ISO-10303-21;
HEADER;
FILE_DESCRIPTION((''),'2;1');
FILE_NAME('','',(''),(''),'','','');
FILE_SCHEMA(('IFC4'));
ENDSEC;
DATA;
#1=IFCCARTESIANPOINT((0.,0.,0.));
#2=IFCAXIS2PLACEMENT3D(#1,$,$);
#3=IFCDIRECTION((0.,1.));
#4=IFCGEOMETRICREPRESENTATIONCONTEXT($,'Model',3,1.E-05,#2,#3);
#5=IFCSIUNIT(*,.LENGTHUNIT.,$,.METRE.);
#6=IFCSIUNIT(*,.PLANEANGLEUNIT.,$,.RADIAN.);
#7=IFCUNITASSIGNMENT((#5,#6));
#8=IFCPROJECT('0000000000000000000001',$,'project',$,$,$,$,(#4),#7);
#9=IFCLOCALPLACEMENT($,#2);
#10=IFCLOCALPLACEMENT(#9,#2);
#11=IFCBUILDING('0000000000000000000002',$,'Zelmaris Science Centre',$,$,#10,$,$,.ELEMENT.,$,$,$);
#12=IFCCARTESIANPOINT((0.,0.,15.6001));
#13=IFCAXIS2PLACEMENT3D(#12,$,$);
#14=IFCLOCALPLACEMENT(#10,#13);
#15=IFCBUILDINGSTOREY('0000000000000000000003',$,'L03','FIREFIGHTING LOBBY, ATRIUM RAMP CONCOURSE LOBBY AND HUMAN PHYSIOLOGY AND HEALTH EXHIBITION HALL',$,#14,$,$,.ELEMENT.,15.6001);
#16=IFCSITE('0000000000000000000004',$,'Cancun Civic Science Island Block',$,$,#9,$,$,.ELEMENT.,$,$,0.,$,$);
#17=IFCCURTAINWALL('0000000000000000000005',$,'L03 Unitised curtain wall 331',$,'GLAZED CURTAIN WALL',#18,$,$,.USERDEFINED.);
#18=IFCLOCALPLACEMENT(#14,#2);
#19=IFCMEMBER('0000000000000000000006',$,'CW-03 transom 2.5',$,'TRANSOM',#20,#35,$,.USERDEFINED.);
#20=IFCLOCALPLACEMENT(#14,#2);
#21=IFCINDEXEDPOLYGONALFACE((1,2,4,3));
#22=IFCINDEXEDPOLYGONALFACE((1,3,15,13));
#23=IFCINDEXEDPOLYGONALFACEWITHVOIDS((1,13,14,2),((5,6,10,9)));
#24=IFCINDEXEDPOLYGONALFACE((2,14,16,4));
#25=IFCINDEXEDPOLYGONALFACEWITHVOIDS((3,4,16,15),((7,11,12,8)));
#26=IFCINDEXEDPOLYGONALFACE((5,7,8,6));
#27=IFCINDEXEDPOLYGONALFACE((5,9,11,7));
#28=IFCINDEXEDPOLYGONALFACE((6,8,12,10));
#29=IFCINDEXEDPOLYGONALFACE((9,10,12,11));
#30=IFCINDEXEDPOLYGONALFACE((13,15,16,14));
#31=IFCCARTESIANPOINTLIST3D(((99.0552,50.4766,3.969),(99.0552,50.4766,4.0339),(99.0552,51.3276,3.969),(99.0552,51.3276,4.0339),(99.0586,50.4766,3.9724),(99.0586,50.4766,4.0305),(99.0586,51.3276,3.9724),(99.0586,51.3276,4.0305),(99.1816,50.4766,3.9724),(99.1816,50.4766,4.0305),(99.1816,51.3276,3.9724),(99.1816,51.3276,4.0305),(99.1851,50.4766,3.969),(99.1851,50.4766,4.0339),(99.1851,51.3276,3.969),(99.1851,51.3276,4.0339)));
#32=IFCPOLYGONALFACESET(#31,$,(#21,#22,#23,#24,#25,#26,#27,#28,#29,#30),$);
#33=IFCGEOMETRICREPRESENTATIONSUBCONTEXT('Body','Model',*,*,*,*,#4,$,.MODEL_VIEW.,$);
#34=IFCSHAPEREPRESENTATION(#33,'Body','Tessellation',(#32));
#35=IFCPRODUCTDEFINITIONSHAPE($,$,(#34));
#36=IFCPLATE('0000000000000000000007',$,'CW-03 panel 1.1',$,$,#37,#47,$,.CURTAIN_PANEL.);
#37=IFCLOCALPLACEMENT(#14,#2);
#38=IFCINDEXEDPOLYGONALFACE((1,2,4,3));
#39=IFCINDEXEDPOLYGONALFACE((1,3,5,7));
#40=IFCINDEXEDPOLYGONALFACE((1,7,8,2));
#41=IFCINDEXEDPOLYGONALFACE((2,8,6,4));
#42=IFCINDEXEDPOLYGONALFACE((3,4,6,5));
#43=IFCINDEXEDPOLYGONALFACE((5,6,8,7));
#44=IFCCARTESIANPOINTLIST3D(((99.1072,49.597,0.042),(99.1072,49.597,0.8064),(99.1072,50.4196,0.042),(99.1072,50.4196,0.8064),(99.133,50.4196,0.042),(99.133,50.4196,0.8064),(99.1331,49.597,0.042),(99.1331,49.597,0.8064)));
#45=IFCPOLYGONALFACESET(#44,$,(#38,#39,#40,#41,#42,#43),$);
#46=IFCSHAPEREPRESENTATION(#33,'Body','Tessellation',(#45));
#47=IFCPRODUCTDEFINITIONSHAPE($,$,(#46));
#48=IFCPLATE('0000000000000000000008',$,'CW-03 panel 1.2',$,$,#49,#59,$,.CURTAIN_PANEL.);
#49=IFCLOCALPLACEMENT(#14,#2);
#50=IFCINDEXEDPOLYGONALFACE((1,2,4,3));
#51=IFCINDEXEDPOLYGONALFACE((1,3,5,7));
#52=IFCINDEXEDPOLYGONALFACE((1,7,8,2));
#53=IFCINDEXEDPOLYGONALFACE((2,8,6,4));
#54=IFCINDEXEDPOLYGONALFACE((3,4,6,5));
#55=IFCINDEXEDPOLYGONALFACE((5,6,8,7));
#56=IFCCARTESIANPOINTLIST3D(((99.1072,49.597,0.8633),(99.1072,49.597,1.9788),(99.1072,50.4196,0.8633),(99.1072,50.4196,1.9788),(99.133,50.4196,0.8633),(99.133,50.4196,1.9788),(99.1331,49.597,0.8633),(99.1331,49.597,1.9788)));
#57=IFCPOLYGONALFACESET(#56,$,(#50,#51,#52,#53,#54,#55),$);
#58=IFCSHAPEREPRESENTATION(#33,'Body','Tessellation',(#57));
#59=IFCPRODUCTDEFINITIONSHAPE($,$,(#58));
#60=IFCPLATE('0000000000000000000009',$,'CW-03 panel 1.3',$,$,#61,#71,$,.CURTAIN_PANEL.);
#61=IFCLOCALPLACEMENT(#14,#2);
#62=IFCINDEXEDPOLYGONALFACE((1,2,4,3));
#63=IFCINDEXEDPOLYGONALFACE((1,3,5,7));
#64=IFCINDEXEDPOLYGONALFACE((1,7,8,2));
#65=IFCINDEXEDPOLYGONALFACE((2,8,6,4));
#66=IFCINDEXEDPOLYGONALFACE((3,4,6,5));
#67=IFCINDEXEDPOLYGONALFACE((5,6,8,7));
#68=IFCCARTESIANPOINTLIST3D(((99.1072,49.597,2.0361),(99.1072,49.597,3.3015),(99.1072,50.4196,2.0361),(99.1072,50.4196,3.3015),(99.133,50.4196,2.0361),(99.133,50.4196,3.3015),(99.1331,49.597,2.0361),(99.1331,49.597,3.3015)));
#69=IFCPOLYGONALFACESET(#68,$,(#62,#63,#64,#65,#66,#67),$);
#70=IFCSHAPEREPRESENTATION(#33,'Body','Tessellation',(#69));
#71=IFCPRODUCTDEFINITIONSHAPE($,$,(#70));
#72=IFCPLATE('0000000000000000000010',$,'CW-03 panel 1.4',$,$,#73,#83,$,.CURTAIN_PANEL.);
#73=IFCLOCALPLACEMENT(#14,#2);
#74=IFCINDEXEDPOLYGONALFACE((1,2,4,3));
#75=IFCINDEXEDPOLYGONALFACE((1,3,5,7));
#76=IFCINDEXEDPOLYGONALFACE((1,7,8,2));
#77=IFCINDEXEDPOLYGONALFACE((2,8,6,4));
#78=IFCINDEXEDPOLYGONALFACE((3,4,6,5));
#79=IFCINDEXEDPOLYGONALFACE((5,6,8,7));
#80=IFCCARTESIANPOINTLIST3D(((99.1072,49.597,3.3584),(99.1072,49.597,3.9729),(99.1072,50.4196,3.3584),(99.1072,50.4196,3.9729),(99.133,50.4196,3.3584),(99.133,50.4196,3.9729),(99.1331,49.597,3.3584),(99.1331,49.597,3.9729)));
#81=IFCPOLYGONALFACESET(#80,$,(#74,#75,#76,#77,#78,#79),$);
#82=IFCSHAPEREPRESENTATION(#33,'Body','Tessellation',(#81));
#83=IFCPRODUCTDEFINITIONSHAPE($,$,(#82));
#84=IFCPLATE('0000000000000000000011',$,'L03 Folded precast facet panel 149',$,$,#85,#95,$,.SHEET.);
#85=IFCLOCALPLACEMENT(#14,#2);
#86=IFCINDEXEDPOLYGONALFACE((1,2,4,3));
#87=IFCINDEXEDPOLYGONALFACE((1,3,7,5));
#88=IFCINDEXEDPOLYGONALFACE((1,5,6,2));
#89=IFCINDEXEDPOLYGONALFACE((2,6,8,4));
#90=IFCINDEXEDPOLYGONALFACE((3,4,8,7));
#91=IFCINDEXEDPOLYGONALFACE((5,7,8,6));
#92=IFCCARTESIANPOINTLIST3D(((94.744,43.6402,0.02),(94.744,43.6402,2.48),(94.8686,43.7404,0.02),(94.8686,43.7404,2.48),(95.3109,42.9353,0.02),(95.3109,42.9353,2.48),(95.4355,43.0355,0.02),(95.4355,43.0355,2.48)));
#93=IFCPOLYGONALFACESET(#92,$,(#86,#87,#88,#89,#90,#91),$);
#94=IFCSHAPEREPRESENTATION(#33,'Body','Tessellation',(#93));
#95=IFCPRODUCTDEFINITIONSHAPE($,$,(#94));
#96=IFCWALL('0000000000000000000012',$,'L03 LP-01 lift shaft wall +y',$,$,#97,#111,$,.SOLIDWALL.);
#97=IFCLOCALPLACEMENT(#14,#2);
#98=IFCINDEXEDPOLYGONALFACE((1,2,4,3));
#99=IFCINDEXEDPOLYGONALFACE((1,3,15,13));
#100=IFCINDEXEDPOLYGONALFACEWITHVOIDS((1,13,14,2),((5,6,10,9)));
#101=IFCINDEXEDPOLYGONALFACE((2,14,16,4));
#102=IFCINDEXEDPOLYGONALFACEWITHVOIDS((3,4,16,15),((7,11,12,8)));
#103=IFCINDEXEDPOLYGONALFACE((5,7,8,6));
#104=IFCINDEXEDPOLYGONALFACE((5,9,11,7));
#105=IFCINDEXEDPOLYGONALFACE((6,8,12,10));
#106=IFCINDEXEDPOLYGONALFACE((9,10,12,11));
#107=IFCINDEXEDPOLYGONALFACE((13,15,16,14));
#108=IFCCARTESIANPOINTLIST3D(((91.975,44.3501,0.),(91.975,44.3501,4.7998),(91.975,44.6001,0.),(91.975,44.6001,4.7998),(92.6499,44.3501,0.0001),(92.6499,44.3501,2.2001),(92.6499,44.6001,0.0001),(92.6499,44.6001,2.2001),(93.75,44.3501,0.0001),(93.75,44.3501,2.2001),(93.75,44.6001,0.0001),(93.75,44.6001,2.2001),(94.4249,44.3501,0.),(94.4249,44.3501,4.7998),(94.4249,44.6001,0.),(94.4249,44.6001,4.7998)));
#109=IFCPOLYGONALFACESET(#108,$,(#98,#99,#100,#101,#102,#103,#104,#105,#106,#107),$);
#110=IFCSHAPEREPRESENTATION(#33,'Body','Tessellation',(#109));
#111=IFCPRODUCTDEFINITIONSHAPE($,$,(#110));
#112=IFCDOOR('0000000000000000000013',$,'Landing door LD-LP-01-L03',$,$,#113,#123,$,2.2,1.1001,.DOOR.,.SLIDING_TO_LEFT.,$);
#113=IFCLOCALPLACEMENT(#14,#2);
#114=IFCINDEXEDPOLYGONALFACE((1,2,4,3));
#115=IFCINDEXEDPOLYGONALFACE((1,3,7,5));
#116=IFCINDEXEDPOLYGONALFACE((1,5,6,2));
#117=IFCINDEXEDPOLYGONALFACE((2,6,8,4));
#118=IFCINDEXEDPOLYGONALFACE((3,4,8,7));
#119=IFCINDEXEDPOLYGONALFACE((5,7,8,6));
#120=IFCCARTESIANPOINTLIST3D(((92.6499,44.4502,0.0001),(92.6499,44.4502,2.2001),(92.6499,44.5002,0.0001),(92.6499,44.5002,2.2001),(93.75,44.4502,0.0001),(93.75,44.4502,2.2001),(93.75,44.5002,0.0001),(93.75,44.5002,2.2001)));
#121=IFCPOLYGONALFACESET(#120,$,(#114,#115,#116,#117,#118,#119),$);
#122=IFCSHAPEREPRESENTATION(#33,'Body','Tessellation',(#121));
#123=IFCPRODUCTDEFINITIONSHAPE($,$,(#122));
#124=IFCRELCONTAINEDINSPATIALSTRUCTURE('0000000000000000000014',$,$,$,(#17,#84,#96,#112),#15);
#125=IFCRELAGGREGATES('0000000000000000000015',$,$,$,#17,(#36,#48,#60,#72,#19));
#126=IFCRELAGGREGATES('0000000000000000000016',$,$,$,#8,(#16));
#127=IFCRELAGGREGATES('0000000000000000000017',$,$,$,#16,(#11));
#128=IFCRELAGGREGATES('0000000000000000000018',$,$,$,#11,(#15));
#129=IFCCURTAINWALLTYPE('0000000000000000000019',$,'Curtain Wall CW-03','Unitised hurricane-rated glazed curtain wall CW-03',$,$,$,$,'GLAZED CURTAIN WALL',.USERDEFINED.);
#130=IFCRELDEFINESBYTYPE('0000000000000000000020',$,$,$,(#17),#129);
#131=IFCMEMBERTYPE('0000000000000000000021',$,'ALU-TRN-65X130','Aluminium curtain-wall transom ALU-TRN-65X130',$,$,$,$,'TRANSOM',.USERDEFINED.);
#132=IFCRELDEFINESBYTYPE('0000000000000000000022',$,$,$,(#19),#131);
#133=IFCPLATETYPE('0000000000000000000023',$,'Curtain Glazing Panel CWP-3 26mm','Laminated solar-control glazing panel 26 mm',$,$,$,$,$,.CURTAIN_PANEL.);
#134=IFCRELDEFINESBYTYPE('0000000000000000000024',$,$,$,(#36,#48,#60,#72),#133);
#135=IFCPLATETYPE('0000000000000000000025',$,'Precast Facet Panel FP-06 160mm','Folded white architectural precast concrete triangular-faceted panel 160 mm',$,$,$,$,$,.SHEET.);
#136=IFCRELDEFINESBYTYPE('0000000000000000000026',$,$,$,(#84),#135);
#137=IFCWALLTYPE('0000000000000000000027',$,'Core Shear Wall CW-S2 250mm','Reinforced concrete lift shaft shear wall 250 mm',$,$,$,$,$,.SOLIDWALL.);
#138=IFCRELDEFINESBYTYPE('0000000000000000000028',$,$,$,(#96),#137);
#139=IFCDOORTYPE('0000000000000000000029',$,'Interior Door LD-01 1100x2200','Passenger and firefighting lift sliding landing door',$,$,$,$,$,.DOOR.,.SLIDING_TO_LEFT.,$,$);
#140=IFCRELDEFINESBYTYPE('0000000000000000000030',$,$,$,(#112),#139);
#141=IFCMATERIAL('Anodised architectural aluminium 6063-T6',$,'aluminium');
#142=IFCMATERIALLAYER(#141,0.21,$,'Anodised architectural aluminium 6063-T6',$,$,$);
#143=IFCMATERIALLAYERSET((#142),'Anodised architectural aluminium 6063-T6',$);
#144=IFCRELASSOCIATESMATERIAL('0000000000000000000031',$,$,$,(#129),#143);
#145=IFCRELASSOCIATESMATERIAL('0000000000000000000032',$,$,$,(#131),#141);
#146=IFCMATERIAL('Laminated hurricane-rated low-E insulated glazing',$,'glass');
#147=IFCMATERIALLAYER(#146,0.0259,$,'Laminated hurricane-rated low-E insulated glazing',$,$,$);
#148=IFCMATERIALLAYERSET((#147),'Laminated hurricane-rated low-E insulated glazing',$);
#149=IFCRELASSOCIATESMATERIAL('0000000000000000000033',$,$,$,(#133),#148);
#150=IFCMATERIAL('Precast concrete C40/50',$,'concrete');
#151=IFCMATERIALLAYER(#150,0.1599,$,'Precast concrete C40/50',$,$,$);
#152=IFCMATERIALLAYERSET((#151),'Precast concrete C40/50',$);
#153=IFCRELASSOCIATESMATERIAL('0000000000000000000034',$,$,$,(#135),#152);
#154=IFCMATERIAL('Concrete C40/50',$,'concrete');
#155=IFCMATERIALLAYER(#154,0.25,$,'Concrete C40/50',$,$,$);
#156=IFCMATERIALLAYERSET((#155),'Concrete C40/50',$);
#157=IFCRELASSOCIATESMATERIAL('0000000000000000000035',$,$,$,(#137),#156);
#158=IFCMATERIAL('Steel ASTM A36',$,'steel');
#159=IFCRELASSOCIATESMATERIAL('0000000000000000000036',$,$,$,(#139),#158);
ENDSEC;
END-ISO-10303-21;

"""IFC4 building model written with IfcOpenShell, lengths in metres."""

from ifc_helpers import new_model, si_unit, direction, frame, frame_2d, origin, origin_2d, place, context, subcontext, project, spatial, rectangle, hollow_rectangle, extrude, material, layer, layer_set, material_profile, profile_set, type_object, element, fill, aggregate, save


model = new_model("IFC4")

# Units and contexts
model_context = context("Model", 3, precision=1e-05, world=origin(), true_north=direction((0.0, 1.0)))
body_context = subcontext(model_context, "Body", "Model", "MODEL_VIEW")
ifc_project = project(units=[si_unit("LENGTHUNIT", "METRE"), si_unit("PLANEANGLEUNIT", "RADIAN")], contexts=[model_context])

# Site, building, storey
site_placement = place(None, origin())
site = spatial("IfcSite", under=ifc_project, at=site_placement, Name="Cancun Civic Science Island Block", CompositionType="ELEMENT", RefElevation=0.0)
building_placement = place(site_placement, origin())
building = spatial("IfcBuilding", under=site, at=building_placement, Name="Zelmaris Science Centre", CompositionType="ELEMENT")
storey_placement = place(building_placement, frame((0.0, 0.0, 15.6001)))
storey = spatial("IfcBuildingStorey", under=building, at=storey_placement, Name="L03", Description="FIREFIGHTING LOBBY, ATRIUM RAMP CONCOURSE LOBBY AND HUMAN PHYSIOLOGY AND HEALTH EXHIBITION HALL", CompositionType="ELEMENT", Elevation=15.6001)

# Curtain wall, member, plates
ifc_material_1 = material(Name="Anodised architectural aluminium 6063-T6", Category="aluminium")
ifc_layer_1 = layer(ifc_material_1, 0.21, Name="Anodised architectural aluminium 6063-T6")
ifc_layer_set_1 = layer_set([ifc_layer_1], Name="Anodised architectural aluminium 6063-T6")
curtain_wall_type = type_object("IfcCurtainWallType", Name="Curtain Wall CW-03", Description="Unitised hurricane-rated glazed curtain wall CW-03", ElementType="GLAZED CURTAIN WALL", PredefinedType="USERDEFINED", material=ifc_layer_set_1)
curtain_wall_placement = place(storey_placement, origin())
curtain_wall = element("IfcCurtainWall", 1, at=curtain_wall_placement, inside=storey, type_object=curtain_wall_type, Name="L03 Unitised curtain wall 331", ObjectType="GLAZED CURTAIN WALL", PredefinedType="USERDEFINED")
ifc_material_profile_1 = material_profile(ifc_material_1, hollow_rectangle(XDim=0.0649, YDim=0.1299, WallThickness=0.0034, at=origin_2d()), Name="ALU-TRN-65X130")
ifc_profile_set_1 = profile_set([ifc_material_profile_1], Name="Anodised architectural aluminium 6063-T6")
member_type_1 = type_object("IfcMemberType", Name="ALU-TRN-65X130", Description="Aluminium curtain-wall transom ALU-TRN-65X130", ElementType="TRANSOM", PredefinedType="USERDEFINED", material=ifc_profile_set_1)
member_1_placement = place(storey_placement, frame((99.1201, 50.4766, 4.0015), z_axis=(0.0, 1.0, 0.0), x_axis=(0.0, 0.0, 1.0)))
member_1 = element("IfcMember", 2, at=member_1_placement, type_object=member_type_1, Name="CW-03 transom 2.5", ObjectType="TRANSOM", PredefinedType="USERDEFINED", context=body_context, shape_type="SweptSolid", body=[
    extrude(hollow_rectangle(XDim=0.0649, YDim=0.1299, WallThickness=0.0034, at=origin_2d()), origin(), (0.0, 0.0, 1.0), 0.8511),
])
ifc_material_2 = material(Name="Laminated hurricane-rated low-E insulated glazing", Category="glass")
ifc_layer_2 = layer(ifc_material_2, 0.0259, Name="Laminated hurricane-rated low-E insulated glazing")
ifc_layer_set_2 = layer_set([ifc_layer_2], Name="Laminated hurricane-rated low-E insulated glazing")
plate_type_1 = type_object("IfcPlateType", Name="Curtain Glazing Panel CWP-3 26mm", Description="Laminated solar-control glazing panel 26 mm", PredefinedType="CURTAIN_PANEL", material=ifc_layer_set_2)
plate_1_placement = place(storey_placement, frame((99.1201, 50.0083, 0.042), z_axis=(0.0, 0.0, 1.0), x_axis=(-0.000022, 1.0, 0.0)))
plate_1 = element("IfcPlate", 3, at=plate_1_placement, type_object=plate_type_1, Name="CW-03 panel 1.1", PredefinedType="CURTAIN_PANEL", context=body_context, shape_type="SweptSolid", body=[
    extrude(rectangle(XDim=0.8225, YDim=0.0259, at=origin_2d()), origin(), (0.0, 0.0, 1.0), 0.7644),
])
plate_2_placement = place(storey_placement, frame((99.1201, 50.0083, 0.8633), z_axis=(0.0, 0.0, 1.0), x_axis=(-0.000022, 1.0, 0.0)))
plate_2 = element("IfcPlate", 4, at=plate_2_placement, type_object=plate_type_1, Name="CW-03 panel 1.2", PredefinedType="CURTAIN_PANEL", context=body_context, shape_type="SweptSolid", body=[
    extrude(rectangle(XDim=0.8225, YDim=0.0259, at=origin_2d()), origin(), (0.0, 0.0, 1.0), 1.1155),
])
plate_3_placement = place(storey_placement, frame((99.1201, 50.0083, 2.0361), z_axis=(0.0, 0.0, 1.0), x_axis=(-0.000022, 1.0, 0.0)))
plate_3 = element("IfcPlate", 5, at=plate_3_placement, type_object=plate_type_1, Name="CW-03 panel 1.3", PredefinedType="CURTAIN_PANEL", context=body_context, shape_type="SweptSolid", body=[
    extrude(rectangle(XDim=0.8225, YDim=0.0259, at=origin_2d()), origin(), (0.0, 0.0, 1.0), 1.2654),
])
plate_4_placement = place(storey_placement, frame((99.1201, 50.0083, 3.3584), z_axis=(0.0, 0.0, 1.0), x_axis=(-0.000022, 1.0, 0.0)))
plate_4 = element("IfcPlate", 6, at=plate_4_placement, type_object=plate_type_1, Name="CW-03 panel 1.4", PredefinedType="CURTAIN_PANEL", context=body_context, shape_type="SweptSolid", body=[
    extrude(rectangle(XDim=0.8225, YDim=0.0259, at=origin_2d()), origin(), (0.0, 0.0, 1.0), 0.6145),
])
aggregate(curtain_wall, [plate_1, plate_2, plate_3, plate_4, member_1])

# Plate
ifc_material_3 = material(Name="Precast concrete C40/50", Category="concrete")
ifc_layer_3 = layer(ifc_material_3, 0.1599, Name="Precast concrete C40/50")
ifc_layer_set_3 = layer_set([ifc_layer_3], Name="Precast concrete C40/50")
plate_type_2 = type_object("IfcPlateType", Name="Precast Facet Panel FP-06 160mm", Description="Folded white architectural precast concrete triangular-faceted panel 160 mm", PredefinedType="SHEET", material=ifc_layer_set_3)
plate_5_placement = place(storey_placement, frame((94.8064, 43.6902, 0.02), z_axis=(0.0, 0.0, 1.0), x_axis=(0.626734, -0.779234, 0.0)))
element("IfcPlate", 7, at=plate_5_placement, inside=storey, type_object=plate_type_2, Name="L03 Folded precast facet panel 149", PredefinedType="SHEET", context=body_context, shape_type="SweptSolid", body=[
    extrude(rectangle(XDim=0.9045, YDim=0.1599, at=frame_2d((0.4521, 0.0))), origin(), (0.0, 0.0, 1.0), 2.46),
])

# Wall, opening, door
ifc_material_4 = material(Name="Concrete C40/50", Category="concrete")
ifc_layer_4 = layer(ifc_material_4, 0.25, Name="Concrete C40/50")
ifc_layer_set_4 = layer_set([ifc_layer_4], Name="Concrete C40/50")
wall_type = type_object("IfcWallType", Name="Core Shear Wall CW-S2 250mm", Description="Reinforced concrete lift shaft shear wall 250 mm", PredefinedType="SOLIDWALL", material=ifc_layer_set_4)
wall_placement = place(storey_placement, frame((94.425, 44.4751, 0.0), z_axis=(0.0, 0.0, 1.0), x_axis=(-1.0, 0.0, 0.0)))
wall = element("IfcWall", 8, at=wall_placement, inside=storey, type_object=wall_type, Name="L03 LP-01 lift shaft wall +y", PredefinedType="SOLIDWALL", context=body_context, shape_type="SweptSolid", body=[
    extrude(rectangle(XDim=2.45, YDim=0.25, at=frame_2d((1.2251, 0.0))), origin(), (0.0, 0.0, 1.0), 4.7998),
])
opening_placement = place(wall_placement, frame((0.675, 0.0, 0.0)))
opening = element("IfcOpeningElement", 9, at=opening_placement, cuts=wall, PredefinedType="OPENING", context=body_context, shape_type="SweptSolid", body=[
    extrude(rectangle(XDim=1.1001, YDim=2.2, at=frame_2d((0.55, 1.1001))), frame((0.0, 0.135, 0.0), z_axis=(0.0, -1.0, 0.0), x_axis=(1.0, 0.0, 0.0)), (0.0, 0.0, 1.0), 0.27),
])
ifc_material_5 = material(Name="Steel ASTM A36", Category="steel")
door_type = type_object("IfcDoorType", Name="Interior Door LD-01 1100x2200", Description="Passenger and firefighting lift sliding landing door", OperationType="SLIDING_TO_LEFT", PredefinedType="DOOR", material=ifc_material_5)
door_placement = place(opening_placement, origin())
door = element("IfcDoor", 10, at=door_placement, inside=storey, type_object=door_type, Name="Landing door LD-LP-01-L03", OperationType="SLIDING_TO_LEFT", OverallHeight=2.2, OverallWidth=1.1001, PredefinedType="DOOR", context=body_context, shape_type="SweptSolid", body=[
    extrude(rectangle(XDim=1.1001, YDim=2.2, at=frame_2d((0.55, 1.1001))), frame((0.0, 0.0249, 0.0), z_axis=(0.0, -1.0, 0.0), x_axis=(1.0, 0.0, 0.0)), (0.0, 0.0, 1.0), 0.05),
])
fill(opening, door)

save(model, "model.ifc")
